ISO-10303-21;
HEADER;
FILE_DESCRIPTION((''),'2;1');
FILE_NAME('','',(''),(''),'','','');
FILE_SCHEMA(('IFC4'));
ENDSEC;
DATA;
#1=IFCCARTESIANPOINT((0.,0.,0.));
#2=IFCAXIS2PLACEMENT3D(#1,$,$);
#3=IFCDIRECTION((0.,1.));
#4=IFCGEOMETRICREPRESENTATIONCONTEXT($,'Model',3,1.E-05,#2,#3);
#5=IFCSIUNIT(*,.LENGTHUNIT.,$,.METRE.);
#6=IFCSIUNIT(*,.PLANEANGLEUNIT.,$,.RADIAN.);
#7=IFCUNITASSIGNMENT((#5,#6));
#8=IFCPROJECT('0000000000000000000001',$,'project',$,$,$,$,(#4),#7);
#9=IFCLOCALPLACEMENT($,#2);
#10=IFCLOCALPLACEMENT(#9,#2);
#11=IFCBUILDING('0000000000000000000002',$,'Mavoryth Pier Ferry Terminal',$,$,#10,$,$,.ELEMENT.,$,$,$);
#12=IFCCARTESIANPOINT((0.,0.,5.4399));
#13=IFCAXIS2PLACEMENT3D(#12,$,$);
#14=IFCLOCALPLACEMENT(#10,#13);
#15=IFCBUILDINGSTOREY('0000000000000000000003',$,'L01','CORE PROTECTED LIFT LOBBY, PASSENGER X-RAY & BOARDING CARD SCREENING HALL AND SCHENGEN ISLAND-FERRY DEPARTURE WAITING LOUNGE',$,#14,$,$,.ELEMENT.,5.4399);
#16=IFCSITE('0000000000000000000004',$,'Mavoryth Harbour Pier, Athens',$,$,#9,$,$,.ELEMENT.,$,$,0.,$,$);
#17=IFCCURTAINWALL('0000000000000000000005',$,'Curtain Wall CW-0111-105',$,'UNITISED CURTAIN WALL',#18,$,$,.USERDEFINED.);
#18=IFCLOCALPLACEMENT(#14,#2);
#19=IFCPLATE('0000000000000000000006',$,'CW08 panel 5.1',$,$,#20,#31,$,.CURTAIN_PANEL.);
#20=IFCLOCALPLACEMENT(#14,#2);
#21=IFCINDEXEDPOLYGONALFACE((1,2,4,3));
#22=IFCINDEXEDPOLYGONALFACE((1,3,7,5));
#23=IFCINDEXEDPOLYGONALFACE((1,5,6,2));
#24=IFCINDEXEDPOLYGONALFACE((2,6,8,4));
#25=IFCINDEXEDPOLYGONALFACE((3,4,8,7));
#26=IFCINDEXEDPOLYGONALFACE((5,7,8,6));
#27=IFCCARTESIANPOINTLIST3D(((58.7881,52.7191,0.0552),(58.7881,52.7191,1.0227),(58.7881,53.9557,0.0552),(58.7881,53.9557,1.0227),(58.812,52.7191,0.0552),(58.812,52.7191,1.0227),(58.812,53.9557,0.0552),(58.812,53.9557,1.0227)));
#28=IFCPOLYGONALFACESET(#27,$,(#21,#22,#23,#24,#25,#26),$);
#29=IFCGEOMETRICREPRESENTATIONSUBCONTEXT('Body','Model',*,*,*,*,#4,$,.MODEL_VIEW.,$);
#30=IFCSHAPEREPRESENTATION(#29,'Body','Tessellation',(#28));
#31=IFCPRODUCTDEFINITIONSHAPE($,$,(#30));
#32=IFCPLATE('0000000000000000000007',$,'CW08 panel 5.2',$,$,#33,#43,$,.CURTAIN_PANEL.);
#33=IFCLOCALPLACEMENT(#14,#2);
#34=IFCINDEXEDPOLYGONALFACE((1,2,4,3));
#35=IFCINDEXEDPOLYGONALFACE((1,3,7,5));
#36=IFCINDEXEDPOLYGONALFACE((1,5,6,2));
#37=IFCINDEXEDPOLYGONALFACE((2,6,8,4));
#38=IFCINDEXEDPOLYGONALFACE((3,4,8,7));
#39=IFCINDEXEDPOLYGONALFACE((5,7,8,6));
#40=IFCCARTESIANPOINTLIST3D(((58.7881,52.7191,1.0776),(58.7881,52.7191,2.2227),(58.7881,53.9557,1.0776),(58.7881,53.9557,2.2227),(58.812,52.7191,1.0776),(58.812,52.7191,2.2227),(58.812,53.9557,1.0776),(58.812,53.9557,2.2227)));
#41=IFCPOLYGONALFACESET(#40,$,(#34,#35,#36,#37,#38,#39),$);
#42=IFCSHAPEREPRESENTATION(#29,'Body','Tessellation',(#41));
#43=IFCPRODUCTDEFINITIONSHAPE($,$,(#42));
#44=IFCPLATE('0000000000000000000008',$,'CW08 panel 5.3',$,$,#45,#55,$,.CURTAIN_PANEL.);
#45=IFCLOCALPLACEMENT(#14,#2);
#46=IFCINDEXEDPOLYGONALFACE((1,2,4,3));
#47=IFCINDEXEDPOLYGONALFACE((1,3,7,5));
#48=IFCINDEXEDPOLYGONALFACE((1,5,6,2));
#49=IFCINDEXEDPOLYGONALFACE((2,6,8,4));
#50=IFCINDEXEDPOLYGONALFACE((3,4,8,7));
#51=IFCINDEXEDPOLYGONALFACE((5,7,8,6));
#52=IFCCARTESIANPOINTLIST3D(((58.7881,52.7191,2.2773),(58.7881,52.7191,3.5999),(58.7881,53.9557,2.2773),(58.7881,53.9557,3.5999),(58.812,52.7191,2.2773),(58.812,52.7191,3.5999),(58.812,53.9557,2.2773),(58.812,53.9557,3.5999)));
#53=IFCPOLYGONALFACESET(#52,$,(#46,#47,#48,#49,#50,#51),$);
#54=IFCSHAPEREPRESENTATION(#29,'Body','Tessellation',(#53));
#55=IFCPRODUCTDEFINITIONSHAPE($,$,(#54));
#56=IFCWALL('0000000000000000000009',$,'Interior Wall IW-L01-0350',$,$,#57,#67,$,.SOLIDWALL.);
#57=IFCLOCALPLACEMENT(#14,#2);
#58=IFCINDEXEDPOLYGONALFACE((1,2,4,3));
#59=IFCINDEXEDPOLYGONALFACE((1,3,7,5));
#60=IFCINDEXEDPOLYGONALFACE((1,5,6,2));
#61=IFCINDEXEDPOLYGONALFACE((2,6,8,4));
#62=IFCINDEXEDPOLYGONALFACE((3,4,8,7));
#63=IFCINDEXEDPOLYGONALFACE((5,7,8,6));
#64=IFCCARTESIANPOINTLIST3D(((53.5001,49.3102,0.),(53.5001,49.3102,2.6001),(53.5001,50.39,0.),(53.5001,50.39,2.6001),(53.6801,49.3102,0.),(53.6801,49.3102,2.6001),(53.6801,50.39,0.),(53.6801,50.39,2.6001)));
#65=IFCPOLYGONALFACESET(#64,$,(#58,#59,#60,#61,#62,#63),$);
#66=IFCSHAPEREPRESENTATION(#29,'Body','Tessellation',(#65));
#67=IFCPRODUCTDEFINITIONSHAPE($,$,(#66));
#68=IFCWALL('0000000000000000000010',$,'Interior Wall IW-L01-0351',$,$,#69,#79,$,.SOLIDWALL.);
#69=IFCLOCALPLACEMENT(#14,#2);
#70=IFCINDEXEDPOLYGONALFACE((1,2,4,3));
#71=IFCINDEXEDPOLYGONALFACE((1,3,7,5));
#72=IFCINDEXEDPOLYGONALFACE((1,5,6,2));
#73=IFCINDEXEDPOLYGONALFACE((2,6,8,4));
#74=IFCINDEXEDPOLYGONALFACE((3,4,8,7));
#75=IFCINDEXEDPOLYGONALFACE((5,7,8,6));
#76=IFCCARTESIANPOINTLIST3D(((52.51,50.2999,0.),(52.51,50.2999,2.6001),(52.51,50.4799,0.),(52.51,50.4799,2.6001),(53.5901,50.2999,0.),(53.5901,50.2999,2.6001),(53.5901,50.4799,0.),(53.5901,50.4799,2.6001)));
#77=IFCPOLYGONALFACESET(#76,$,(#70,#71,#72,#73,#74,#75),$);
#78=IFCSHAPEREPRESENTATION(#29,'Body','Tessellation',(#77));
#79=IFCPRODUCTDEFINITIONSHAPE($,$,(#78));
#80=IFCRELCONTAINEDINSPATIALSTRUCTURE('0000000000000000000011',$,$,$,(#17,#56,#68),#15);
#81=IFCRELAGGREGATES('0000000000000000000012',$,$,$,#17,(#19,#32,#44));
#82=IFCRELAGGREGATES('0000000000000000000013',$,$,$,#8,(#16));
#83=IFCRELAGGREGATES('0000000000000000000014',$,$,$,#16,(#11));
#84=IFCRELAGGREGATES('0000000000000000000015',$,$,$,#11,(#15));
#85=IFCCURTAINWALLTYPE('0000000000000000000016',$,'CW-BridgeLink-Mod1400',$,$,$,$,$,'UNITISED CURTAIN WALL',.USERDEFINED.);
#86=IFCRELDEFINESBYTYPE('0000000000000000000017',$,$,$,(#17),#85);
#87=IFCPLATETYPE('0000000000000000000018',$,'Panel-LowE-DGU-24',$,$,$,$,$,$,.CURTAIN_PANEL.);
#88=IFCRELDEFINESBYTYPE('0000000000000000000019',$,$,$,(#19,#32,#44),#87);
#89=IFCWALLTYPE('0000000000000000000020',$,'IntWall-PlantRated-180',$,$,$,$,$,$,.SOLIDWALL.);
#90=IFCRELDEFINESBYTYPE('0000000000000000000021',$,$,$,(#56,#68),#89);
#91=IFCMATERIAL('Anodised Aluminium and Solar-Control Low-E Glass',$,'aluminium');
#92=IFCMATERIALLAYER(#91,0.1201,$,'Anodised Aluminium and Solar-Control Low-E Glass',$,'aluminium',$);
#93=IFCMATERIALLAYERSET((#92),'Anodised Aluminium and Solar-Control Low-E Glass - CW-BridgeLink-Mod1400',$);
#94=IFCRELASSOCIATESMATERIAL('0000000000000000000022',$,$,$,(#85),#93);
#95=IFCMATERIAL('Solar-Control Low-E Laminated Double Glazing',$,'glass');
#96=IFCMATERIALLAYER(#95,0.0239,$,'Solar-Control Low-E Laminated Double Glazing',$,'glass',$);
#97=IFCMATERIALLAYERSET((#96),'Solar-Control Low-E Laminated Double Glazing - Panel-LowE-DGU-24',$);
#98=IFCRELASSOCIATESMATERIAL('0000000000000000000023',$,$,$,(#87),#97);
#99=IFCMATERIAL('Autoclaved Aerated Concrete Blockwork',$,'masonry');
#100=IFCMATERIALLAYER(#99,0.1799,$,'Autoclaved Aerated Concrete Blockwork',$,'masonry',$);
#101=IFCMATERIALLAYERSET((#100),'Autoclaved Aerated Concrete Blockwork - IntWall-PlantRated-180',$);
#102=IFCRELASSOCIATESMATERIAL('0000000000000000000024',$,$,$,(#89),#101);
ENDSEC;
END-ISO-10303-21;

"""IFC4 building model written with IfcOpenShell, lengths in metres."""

from ifc_helpers import new_model, si_unit, direction, frame, frame_2d, origin, origin_2d, place, context, subcontext, project, spatial, rectangle, extrude, material, layer, layer_set, type_object, element, aggregate, save


model = new_model("IFC4")

# Units and contexts
model_context = context("Model", 3, precision=1e-05, world=origin(), true_north=direction((0.0, 1.0)))
body_context = subcontext(model_context, "Body", "Model", "MODEL_VIEW")
ifc_project = project(units=[si_unit("LENGTHUNIT", "METRE"), si_unit("PLANEANGLEUNIT", "RADIAN")], contexts=[model_context])

# Site, building, storey
site_placement = place(None, origin())
site = spatial("IfcSite", under=ifc_project, at=site_placement, Name="Mavoryth Harbour Pier, Athens", CompositionType="ELEMENT", RefElevation=0.0)
building_placement = place(site_placement, origin())
building = spatial("IfcBuilding", under=site, at=building_placement, Name="Mavoryth Pier Ferry Terminal", CompositionType="ELEMENT")
storey_placement = place(building_placement, frame((0.0, 0.0, 5.4399)))
storey = spatial("IfcBuildingStorey", under=building, at=storey_placement, Name="L01", Description="CORE PROTECTED LIFT LOBBY, PASSENGER X-RAY & BOARDING CARD SCREENING HALL AND SCHENGEN ISLAND-FERRY DEPARTURE WAITING LOUNGE", CompositionType="ELEMENT", Elevation=5.4399)

# Curtain wall, plates
ifc_material_1 = material(Name="Anodised Aluminium and Solar-Control Low-E Glass", Category="aluminium")
ifc_layer_1 = layer(ifc_material_1, 0.1201, Name="Anodised Aluminium and Solar-Control Low-E Glass", Category="aluminium")
ifc_layer_set_1 = layer_set([ifc_layer_1], Name="Anodised Aluminium and Solar-Control Low-E Glass - CW-BridgeLink-Mod1400")
curtain_wall_type = type_object("IfcCurtainWallType", Name="CW-BridgeLink-Mod1400", ElementType="UNITISED CURTAIN WALL", PredefinedType="USERDEFINED", material=ifc_layer_set_1)
curtain_wall_placement = place(storey_placement, origin())
curtain_wall = element("IfcCurtainWall", 1, at=curtain_wall_placement, inside=storey, type_object=curtain_wall_type, Name="Curtain Wall CW-0111-105", ObjectType="UNITISED CURTAIN WALL", PredefinedType="USERDEFINED")
ifc_material_2 = material(Name="Solar-Control Low-E Laminated Double Glazing", Category="glass")
ifc_layer_2 = layer(ifc_material_2, 0.0239, Name="Solar-Control Low-E Laminated Double Glazing", Category="glass")
ifc_layer_set_2 = layer_set([ifc_layer_2], Name="Solar-Control Low-E Laminated Double Glazing - Panel-LowE-DGU-24")
plate_type = type_object("IfcPlateType", Name="Panel-LowE-DGU-24", PredefinedType="CURTAIN_PANEL", material=ifc_layer_set_2)
plate_1_placement = place(storey_placement, frame((58.8, 53.3374, 0.0552), z_axis=(0.0, 0.0, 1.0), x_axis=(0.0, 1.0, 0.0)))
plate_1 = element("IfcPlate", 2, at=plate_1_placement, type_object=plate_type, Name="CW08 panel 5.1", PredefinedType="CURTAIN_PANEL", context=body_context, shape_type="SweptSolid", body=[
    extrude(rectangle(XDim=1.2366, YDim=0.0239, at=origin_2d()), origin(), (0.0, 0.0, 1.0), 0.9675),
])
plate_2_placement = place(storey_placement, frame((58.8, 53.3374, 1.0776), z_axis=(0.0, 0.0, 1.0), x_axis=(0.0, 1.0, 0.0)))
plate_2 = element("IfcPlate", 3, at=plate_2_placement, type_object=plate_type, Name="CW08 panel 5.2", PredefinedType="CURTAIN_PANEL", context=body_context, shape_type="SweptSolid", body=[
    extrude(rectangle(XDim=1.2366, YDim=0.0239, at=origin_2d()), origin(), (0.0, 0.0, 1.0), 1.145),
])
plate_3_placement = place(storey_placement, frame((58.8, 53.3374, 2.2773), z_axis=(0.0, 0.0, 1.0), x_axis=(0.0, 1.0, 0.0)))
plate_3 = element("IfcPlate", 4, at=plate_3_placement, type_object=plate_type, Name="CW08 panel 5.3", PredefinedType="CURTAIN_PANEL", context=body_context, shape_type="SweptSolid", body=[
    extrude(rectangle(XDim=1.2366, YDim=0.0239, at=origin_2d()), origin(), (0.0, 0.0, 1.0), 1.3225),
])
aggregate(curtain_wall, [plate_1, plate_2, plate_3])

# Walls
ifc_material_3 = material(Name="Autoclaved Aerated Concrete Blockwork", Category="masonry")
ifc_layer_3 = layer(ifc_material_3, 0.1799, Name="Autoclaved Aerated Concrete Blockwork", Category="masonry")
ifc_layer_set_3 = layer_set([ifc_layer_3], Name="Autoclaved Aerated Concrete Blockwork - IntWall-PlantRated-180")
wall_type = type_object("IfcWallType", Name="IntWall-PlantRated-180", PredefinedType="SOLIDWALL", material=ifc_layer_set_3)
wall_1_placement = place(storey_placement, frame((53.5901, 49.3101, 0.0), z_axis=(0.0, 0.0, 1.0), x_axis=(0.0, 1.0, 0.0)))
element("IfcWall", 5, at=wall_1_placement, inside=storey, type_object=wall_type, Name="Interior Wall IW-L01-0350", PredefinedType="SOLIDWALL", context=body_context, shape_type="SweptSolid", body=[
    extrude(rectangle(XDim=1.0798, YDim=0.1799, at=frame_2d((0.54, 0.0))), origin(), (0.0, 0.0, 1.0), 2.6001),
])
wall_2_placement = place(storey_placement, frame((53.5901, 50.3899, 0.0), z_axis=(0.0, 0.0, 1.0), x_axis=(-1.0, 0.0, 0.0)))
element("IfcWall", 6, at=wall_2_placement, inside=storey, type_object=wall_type, Name="Interior Wall IW-L01-0351", PredefinedType="SOLIDWALL", context=body_context, shape_type="SweptSolid", body=[
    extrude(rectangle(XDim=1.0801, YDim=0.1799, at=frame_2d((0.54, 0.0))), origin(), (0.0, 0.0, 1.0), 2.6001),
])

save(model, "model.ifc")
